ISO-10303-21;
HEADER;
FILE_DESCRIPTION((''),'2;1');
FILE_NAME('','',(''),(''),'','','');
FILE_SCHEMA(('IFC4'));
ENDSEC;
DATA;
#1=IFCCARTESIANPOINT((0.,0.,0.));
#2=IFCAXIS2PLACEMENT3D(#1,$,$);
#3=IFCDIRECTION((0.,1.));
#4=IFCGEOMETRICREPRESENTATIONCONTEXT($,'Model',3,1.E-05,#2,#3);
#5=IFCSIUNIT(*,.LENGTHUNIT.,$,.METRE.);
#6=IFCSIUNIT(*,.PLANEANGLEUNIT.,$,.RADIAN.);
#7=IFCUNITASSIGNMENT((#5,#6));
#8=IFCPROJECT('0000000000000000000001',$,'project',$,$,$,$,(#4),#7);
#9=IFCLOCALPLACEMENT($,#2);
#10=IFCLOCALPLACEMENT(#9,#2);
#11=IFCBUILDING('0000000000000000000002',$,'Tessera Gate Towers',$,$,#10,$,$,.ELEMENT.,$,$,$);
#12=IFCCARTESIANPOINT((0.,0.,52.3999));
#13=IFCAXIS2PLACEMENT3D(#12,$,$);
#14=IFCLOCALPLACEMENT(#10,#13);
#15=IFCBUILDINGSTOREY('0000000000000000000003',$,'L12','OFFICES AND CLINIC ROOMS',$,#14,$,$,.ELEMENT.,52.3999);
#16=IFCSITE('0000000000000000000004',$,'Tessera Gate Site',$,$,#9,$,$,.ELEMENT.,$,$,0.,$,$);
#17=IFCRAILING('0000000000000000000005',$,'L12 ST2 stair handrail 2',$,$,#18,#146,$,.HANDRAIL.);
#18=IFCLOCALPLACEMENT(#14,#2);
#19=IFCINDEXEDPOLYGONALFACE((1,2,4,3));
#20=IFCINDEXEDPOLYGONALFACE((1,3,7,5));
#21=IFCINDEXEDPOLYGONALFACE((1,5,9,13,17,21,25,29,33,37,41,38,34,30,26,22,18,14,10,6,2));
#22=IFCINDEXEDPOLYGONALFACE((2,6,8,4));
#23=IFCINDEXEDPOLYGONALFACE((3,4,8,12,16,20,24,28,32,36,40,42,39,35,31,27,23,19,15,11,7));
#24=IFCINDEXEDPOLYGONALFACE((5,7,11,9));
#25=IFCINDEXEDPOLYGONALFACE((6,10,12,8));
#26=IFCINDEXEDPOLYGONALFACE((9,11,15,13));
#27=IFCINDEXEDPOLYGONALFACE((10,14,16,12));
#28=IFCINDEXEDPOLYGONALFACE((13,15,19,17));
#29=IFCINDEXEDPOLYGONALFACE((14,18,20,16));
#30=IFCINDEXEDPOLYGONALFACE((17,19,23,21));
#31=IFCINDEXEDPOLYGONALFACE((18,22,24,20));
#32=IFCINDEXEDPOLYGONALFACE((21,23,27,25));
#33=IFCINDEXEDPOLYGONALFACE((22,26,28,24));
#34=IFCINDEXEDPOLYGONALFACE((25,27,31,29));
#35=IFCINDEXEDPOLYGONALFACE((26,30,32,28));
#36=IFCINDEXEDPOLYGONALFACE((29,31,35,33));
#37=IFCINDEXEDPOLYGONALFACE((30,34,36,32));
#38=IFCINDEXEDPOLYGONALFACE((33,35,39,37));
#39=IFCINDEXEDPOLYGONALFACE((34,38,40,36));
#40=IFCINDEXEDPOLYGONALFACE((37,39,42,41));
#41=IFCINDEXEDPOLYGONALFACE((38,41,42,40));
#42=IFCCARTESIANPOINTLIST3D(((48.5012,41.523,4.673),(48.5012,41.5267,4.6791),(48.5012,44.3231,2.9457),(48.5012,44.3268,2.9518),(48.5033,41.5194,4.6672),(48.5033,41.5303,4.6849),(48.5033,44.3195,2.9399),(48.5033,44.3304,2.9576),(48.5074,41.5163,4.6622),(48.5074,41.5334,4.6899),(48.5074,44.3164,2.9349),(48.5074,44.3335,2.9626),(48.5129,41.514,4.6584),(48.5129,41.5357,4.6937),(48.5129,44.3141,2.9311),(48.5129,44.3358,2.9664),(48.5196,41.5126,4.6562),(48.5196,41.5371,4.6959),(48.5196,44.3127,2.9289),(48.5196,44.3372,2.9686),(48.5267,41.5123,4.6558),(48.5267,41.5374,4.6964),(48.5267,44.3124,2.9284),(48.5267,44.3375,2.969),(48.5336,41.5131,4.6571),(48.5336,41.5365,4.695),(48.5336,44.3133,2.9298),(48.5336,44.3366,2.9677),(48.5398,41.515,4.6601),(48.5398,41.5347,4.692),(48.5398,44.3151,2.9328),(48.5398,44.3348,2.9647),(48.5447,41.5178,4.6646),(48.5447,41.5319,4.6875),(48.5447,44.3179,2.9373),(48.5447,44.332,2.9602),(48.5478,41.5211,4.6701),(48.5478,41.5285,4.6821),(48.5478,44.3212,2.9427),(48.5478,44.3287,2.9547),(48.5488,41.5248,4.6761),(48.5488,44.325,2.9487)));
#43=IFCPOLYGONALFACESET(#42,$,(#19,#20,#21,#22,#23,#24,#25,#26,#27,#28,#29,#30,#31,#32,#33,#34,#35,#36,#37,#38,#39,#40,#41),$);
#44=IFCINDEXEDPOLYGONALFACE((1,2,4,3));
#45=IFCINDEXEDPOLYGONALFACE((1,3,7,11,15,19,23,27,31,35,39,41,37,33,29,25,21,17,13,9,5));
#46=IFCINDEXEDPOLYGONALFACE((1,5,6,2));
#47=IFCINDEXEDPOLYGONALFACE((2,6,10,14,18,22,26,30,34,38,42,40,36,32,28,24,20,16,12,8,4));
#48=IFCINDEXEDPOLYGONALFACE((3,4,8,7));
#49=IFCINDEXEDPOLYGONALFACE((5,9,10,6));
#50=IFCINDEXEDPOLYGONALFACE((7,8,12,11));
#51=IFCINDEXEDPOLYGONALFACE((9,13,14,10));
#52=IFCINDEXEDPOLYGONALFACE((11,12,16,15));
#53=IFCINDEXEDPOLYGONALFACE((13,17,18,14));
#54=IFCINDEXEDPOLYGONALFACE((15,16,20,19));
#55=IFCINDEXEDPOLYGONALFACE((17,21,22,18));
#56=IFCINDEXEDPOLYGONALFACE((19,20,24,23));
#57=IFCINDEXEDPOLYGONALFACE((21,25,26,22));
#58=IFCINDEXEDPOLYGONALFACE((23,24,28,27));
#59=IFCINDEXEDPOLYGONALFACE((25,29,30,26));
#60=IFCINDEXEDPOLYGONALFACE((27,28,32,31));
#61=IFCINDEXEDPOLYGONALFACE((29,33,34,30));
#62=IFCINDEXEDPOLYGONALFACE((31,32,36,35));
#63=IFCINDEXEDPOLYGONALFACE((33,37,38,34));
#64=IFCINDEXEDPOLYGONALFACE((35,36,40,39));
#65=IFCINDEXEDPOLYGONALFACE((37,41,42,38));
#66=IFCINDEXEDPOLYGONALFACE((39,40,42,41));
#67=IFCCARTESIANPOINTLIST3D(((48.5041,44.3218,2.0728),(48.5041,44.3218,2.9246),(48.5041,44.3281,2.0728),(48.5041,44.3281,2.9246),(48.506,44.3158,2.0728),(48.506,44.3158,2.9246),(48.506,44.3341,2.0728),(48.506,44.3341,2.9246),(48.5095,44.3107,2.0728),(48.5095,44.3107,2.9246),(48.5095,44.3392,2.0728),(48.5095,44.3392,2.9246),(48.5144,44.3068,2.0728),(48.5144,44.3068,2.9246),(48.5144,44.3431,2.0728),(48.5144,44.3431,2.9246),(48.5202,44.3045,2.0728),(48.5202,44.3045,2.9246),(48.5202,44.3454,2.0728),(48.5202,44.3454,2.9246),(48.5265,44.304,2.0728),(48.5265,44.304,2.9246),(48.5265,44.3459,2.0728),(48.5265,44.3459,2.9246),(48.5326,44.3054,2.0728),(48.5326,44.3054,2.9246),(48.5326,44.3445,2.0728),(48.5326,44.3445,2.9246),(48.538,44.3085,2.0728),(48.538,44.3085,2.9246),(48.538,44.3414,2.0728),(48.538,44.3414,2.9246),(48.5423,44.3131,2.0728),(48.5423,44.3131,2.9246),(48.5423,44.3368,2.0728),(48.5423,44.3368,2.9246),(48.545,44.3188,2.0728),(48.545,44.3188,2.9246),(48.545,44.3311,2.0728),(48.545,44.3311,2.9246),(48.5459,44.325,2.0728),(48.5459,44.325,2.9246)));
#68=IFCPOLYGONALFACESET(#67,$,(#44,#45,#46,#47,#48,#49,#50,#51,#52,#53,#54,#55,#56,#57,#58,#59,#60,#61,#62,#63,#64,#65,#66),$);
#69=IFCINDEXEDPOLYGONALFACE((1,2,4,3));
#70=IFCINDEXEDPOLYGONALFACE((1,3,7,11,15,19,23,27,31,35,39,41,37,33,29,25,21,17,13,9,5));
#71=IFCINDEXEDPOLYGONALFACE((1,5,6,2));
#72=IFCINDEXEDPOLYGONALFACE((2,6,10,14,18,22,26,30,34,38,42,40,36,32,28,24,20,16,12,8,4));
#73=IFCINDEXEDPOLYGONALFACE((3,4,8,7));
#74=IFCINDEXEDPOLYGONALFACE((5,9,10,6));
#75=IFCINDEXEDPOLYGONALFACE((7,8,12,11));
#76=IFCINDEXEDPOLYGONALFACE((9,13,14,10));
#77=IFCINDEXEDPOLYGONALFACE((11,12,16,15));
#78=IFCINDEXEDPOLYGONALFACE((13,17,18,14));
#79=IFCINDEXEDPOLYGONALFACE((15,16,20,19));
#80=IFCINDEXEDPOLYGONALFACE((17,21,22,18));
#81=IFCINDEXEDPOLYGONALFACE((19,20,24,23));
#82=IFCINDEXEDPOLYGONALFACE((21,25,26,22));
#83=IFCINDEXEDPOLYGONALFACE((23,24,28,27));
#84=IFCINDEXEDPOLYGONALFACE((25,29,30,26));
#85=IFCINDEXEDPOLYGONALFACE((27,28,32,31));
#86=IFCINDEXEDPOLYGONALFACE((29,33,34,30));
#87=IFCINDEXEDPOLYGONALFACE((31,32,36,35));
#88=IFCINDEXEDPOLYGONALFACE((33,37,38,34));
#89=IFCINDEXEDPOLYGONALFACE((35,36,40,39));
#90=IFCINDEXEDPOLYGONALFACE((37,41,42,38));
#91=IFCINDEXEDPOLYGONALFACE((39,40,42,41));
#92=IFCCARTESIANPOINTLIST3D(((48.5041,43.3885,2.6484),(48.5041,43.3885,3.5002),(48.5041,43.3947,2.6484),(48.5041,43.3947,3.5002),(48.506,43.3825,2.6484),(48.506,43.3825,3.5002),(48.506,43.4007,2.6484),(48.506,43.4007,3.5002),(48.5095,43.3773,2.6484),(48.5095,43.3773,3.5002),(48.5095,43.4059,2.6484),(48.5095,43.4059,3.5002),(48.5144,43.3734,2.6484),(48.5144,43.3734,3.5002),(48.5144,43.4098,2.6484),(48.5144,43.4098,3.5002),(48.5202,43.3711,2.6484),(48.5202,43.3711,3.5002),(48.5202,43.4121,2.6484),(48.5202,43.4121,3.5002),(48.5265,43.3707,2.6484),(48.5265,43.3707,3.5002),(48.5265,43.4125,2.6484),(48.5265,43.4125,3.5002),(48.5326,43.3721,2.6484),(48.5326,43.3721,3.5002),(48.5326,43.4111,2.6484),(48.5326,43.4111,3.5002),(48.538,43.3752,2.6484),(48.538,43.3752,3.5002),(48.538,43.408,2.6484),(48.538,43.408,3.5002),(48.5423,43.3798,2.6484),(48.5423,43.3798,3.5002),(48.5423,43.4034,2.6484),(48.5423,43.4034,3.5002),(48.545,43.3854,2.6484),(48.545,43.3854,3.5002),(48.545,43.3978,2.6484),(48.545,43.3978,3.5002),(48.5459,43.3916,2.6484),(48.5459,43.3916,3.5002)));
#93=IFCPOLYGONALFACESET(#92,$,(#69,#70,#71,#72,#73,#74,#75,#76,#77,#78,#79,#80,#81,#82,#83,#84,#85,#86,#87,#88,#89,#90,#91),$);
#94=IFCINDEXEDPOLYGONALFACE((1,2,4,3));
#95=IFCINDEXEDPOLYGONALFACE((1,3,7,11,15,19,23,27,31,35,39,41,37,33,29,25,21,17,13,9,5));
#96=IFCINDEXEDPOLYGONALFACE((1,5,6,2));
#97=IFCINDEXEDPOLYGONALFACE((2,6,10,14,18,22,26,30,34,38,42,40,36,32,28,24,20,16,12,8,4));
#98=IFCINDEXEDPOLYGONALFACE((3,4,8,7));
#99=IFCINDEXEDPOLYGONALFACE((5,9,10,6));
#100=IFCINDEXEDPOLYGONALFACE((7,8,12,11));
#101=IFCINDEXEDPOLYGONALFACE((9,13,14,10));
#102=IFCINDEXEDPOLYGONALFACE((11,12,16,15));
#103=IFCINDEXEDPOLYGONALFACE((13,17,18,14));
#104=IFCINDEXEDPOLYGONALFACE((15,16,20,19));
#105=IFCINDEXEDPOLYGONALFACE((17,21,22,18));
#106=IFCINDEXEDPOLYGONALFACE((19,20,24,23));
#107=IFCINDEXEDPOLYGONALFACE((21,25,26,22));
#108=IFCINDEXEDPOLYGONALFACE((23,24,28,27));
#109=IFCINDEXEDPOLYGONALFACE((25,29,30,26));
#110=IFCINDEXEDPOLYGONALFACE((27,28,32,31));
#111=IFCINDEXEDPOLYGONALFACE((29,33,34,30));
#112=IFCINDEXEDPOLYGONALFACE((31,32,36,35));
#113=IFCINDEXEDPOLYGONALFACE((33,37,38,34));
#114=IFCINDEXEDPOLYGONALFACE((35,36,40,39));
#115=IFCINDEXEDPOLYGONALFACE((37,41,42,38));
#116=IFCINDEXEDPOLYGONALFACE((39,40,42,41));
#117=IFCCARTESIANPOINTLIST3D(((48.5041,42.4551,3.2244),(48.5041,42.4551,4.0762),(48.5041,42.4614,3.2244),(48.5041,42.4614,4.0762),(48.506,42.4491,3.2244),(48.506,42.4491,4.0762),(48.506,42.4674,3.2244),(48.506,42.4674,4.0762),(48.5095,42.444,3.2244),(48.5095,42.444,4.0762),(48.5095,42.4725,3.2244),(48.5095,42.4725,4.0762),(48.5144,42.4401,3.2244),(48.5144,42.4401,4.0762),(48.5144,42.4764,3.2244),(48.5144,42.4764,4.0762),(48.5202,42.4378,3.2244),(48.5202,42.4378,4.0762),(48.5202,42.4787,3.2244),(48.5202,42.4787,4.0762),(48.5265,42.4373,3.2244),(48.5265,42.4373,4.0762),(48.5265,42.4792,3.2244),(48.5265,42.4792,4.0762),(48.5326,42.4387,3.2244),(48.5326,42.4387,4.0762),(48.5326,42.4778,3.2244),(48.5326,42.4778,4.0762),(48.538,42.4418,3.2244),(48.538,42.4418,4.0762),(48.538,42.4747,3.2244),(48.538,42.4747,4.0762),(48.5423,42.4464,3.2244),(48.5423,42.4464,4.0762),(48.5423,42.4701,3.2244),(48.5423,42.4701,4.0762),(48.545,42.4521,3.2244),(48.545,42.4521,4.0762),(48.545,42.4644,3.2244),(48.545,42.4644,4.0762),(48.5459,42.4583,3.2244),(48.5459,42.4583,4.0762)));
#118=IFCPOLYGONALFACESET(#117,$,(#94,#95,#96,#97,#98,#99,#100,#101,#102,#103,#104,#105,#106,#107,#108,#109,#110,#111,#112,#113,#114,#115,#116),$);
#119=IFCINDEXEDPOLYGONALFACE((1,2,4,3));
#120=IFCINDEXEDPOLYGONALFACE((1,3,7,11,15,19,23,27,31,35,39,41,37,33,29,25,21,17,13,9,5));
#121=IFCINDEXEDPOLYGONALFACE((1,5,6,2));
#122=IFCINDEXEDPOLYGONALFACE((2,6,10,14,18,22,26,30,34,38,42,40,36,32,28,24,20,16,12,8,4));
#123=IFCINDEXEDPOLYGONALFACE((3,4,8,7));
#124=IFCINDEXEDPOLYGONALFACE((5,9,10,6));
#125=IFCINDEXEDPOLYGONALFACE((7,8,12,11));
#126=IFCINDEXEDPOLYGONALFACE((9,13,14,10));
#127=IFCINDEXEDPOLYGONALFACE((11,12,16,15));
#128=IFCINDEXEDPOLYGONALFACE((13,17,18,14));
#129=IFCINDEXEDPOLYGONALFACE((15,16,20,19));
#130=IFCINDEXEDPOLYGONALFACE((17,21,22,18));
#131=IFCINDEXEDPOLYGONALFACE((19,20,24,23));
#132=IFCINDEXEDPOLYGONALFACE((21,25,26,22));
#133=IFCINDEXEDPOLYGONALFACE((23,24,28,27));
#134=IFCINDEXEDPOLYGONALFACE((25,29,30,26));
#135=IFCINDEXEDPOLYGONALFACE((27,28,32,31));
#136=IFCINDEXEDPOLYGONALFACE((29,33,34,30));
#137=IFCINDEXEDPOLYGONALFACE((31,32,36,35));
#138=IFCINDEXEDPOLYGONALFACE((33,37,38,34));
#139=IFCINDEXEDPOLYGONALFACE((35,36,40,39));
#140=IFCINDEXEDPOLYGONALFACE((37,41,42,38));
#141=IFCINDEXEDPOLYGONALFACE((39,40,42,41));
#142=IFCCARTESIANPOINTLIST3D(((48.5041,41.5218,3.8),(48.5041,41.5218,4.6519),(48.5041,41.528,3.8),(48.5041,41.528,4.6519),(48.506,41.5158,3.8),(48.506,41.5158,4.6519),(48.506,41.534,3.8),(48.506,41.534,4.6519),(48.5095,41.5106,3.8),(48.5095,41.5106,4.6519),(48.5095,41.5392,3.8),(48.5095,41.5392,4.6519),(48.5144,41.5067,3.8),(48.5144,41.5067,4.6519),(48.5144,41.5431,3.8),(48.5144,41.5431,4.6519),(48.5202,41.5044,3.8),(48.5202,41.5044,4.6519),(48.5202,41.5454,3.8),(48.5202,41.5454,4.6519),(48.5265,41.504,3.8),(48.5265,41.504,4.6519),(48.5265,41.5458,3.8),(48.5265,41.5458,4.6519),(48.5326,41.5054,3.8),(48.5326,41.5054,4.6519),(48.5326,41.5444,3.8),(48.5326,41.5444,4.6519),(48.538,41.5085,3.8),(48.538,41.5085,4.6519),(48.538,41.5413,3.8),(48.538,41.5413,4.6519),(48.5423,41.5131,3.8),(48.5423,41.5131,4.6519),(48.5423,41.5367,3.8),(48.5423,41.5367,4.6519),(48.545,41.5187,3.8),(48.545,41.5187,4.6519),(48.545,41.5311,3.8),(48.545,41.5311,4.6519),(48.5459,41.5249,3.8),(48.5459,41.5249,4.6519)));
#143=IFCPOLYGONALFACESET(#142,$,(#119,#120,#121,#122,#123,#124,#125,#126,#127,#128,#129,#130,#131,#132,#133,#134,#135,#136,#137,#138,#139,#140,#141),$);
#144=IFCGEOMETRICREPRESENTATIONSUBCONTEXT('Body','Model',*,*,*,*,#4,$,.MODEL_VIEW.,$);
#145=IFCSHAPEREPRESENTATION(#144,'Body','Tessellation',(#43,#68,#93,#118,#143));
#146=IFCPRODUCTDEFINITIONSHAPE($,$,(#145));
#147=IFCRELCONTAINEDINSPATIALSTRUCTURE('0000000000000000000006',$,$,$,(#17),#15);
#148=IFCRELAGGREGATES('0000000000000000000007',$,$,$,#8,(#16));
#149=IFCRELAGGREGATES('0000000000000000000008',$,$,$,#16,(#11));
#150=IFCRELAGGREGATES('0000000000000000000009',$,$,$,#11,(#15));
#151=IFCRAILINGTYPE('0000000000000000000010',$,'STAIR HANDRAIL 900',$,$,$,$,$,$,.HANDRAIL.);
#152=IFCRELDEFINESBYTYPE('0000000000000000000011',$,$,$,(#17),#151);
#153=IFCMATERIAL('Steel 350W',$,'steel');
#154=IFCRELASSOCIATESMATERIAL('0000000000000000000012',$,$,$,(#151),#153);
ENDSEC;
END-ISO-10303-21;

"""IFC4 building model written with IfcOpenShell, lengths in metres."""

from ifc_helpers import new_model, si_unit, direction, frame, origin, origin_2d, place, context, subcontext, project, spatial, circle, extrude, material, type_object, element, save


model = new_model("IFC4")

# Units and contexts
model_context = context("Model", 3, precision=1e-05, world=origin(), true_north=direction((0.0, 1.0)))
body_context = subcontext(model_context, "Body", "Model", "MODEL_VIEW")
ifc_project = project(units=[si_unit("LENGTHUNIT", "METRE"), si_unit("PLANEANGLEUNIT", "RADIAN")], contexts=[model_context])

# Site, building, storey
site_placement = place(None, origin())
site = spatial("IfcSite", under=ifc_project, at=site_placement, Name="Tessera Gate Site", CompositionType="ELEMENT", RefElevation=0.0)
building_placement = place(site_placement, origin())
building = spatial("IfcBuilding", under=site, at=building_placement, Name="Tessera Gate Towers", CompositionType="ELEMENT")
storey_placement = place(building_placement, frame((0.0, 0.0, 52.3999)))
storey = spatial("IfcBuildingStorey", under=building, at=storey_placement, Name="L12", Description="OFFICES AND CLINIC ROOMS", CompositionType="ELEMENT", Elevation=52.3999)

# Railing
ifc_material_1 = material(Name="Steel 350W", Category="steel")
railing_type_1 = type_object("IfcRailingType", Name="STAIR HANDRAIL 900", PredefinedType="HANDRAIL", material=ifc_material_1)
railing_1_placement = place(storey_placement, frame((48.5249, 44.325, 2.0728)))
element("IfcRailing", 1, at=railing_1_placement, inside=storey, type_object=railing_type_1, Name="L12 ST2 stair handrail 2", PredefinedType="HANDRAIL", context=body_context, shape_type="SweptSolid", body=[
    extrude(circle(Radius=0.0239, at=origin_2d()), frame((0.0, 0.0, 0.876), z_axis=(0.0, -0.85109, 0.52502), x_axis=(1.0, 0.0, 0.0)), (0.0, 0.0, 1.0), 3.29),
    extrude(circle(Radius=0.021, at=origin_2d()), origin(), (0.0, 0.0, 1.0), 0.8518),
    extrude(circle(Radius=0.021, at=origin_2d()), frame((0.0, -0.9333, 0.5757)), (0.0, 0.0, 1.0), 0.8518),
    extrude(circle(Radius=0.021, at=origin_2d()), frame((0.0, -1.8667, 1.1516)), (0.0, 0.0, 1.0), 0.8518),
    extrude(circle(Radius=0.021, at=origin_2d()), frame((0.0, -2.8, 1.7273)), (0.0, 0.0, 1.0), 0.8518),
])

save(model, "model.ifc")
